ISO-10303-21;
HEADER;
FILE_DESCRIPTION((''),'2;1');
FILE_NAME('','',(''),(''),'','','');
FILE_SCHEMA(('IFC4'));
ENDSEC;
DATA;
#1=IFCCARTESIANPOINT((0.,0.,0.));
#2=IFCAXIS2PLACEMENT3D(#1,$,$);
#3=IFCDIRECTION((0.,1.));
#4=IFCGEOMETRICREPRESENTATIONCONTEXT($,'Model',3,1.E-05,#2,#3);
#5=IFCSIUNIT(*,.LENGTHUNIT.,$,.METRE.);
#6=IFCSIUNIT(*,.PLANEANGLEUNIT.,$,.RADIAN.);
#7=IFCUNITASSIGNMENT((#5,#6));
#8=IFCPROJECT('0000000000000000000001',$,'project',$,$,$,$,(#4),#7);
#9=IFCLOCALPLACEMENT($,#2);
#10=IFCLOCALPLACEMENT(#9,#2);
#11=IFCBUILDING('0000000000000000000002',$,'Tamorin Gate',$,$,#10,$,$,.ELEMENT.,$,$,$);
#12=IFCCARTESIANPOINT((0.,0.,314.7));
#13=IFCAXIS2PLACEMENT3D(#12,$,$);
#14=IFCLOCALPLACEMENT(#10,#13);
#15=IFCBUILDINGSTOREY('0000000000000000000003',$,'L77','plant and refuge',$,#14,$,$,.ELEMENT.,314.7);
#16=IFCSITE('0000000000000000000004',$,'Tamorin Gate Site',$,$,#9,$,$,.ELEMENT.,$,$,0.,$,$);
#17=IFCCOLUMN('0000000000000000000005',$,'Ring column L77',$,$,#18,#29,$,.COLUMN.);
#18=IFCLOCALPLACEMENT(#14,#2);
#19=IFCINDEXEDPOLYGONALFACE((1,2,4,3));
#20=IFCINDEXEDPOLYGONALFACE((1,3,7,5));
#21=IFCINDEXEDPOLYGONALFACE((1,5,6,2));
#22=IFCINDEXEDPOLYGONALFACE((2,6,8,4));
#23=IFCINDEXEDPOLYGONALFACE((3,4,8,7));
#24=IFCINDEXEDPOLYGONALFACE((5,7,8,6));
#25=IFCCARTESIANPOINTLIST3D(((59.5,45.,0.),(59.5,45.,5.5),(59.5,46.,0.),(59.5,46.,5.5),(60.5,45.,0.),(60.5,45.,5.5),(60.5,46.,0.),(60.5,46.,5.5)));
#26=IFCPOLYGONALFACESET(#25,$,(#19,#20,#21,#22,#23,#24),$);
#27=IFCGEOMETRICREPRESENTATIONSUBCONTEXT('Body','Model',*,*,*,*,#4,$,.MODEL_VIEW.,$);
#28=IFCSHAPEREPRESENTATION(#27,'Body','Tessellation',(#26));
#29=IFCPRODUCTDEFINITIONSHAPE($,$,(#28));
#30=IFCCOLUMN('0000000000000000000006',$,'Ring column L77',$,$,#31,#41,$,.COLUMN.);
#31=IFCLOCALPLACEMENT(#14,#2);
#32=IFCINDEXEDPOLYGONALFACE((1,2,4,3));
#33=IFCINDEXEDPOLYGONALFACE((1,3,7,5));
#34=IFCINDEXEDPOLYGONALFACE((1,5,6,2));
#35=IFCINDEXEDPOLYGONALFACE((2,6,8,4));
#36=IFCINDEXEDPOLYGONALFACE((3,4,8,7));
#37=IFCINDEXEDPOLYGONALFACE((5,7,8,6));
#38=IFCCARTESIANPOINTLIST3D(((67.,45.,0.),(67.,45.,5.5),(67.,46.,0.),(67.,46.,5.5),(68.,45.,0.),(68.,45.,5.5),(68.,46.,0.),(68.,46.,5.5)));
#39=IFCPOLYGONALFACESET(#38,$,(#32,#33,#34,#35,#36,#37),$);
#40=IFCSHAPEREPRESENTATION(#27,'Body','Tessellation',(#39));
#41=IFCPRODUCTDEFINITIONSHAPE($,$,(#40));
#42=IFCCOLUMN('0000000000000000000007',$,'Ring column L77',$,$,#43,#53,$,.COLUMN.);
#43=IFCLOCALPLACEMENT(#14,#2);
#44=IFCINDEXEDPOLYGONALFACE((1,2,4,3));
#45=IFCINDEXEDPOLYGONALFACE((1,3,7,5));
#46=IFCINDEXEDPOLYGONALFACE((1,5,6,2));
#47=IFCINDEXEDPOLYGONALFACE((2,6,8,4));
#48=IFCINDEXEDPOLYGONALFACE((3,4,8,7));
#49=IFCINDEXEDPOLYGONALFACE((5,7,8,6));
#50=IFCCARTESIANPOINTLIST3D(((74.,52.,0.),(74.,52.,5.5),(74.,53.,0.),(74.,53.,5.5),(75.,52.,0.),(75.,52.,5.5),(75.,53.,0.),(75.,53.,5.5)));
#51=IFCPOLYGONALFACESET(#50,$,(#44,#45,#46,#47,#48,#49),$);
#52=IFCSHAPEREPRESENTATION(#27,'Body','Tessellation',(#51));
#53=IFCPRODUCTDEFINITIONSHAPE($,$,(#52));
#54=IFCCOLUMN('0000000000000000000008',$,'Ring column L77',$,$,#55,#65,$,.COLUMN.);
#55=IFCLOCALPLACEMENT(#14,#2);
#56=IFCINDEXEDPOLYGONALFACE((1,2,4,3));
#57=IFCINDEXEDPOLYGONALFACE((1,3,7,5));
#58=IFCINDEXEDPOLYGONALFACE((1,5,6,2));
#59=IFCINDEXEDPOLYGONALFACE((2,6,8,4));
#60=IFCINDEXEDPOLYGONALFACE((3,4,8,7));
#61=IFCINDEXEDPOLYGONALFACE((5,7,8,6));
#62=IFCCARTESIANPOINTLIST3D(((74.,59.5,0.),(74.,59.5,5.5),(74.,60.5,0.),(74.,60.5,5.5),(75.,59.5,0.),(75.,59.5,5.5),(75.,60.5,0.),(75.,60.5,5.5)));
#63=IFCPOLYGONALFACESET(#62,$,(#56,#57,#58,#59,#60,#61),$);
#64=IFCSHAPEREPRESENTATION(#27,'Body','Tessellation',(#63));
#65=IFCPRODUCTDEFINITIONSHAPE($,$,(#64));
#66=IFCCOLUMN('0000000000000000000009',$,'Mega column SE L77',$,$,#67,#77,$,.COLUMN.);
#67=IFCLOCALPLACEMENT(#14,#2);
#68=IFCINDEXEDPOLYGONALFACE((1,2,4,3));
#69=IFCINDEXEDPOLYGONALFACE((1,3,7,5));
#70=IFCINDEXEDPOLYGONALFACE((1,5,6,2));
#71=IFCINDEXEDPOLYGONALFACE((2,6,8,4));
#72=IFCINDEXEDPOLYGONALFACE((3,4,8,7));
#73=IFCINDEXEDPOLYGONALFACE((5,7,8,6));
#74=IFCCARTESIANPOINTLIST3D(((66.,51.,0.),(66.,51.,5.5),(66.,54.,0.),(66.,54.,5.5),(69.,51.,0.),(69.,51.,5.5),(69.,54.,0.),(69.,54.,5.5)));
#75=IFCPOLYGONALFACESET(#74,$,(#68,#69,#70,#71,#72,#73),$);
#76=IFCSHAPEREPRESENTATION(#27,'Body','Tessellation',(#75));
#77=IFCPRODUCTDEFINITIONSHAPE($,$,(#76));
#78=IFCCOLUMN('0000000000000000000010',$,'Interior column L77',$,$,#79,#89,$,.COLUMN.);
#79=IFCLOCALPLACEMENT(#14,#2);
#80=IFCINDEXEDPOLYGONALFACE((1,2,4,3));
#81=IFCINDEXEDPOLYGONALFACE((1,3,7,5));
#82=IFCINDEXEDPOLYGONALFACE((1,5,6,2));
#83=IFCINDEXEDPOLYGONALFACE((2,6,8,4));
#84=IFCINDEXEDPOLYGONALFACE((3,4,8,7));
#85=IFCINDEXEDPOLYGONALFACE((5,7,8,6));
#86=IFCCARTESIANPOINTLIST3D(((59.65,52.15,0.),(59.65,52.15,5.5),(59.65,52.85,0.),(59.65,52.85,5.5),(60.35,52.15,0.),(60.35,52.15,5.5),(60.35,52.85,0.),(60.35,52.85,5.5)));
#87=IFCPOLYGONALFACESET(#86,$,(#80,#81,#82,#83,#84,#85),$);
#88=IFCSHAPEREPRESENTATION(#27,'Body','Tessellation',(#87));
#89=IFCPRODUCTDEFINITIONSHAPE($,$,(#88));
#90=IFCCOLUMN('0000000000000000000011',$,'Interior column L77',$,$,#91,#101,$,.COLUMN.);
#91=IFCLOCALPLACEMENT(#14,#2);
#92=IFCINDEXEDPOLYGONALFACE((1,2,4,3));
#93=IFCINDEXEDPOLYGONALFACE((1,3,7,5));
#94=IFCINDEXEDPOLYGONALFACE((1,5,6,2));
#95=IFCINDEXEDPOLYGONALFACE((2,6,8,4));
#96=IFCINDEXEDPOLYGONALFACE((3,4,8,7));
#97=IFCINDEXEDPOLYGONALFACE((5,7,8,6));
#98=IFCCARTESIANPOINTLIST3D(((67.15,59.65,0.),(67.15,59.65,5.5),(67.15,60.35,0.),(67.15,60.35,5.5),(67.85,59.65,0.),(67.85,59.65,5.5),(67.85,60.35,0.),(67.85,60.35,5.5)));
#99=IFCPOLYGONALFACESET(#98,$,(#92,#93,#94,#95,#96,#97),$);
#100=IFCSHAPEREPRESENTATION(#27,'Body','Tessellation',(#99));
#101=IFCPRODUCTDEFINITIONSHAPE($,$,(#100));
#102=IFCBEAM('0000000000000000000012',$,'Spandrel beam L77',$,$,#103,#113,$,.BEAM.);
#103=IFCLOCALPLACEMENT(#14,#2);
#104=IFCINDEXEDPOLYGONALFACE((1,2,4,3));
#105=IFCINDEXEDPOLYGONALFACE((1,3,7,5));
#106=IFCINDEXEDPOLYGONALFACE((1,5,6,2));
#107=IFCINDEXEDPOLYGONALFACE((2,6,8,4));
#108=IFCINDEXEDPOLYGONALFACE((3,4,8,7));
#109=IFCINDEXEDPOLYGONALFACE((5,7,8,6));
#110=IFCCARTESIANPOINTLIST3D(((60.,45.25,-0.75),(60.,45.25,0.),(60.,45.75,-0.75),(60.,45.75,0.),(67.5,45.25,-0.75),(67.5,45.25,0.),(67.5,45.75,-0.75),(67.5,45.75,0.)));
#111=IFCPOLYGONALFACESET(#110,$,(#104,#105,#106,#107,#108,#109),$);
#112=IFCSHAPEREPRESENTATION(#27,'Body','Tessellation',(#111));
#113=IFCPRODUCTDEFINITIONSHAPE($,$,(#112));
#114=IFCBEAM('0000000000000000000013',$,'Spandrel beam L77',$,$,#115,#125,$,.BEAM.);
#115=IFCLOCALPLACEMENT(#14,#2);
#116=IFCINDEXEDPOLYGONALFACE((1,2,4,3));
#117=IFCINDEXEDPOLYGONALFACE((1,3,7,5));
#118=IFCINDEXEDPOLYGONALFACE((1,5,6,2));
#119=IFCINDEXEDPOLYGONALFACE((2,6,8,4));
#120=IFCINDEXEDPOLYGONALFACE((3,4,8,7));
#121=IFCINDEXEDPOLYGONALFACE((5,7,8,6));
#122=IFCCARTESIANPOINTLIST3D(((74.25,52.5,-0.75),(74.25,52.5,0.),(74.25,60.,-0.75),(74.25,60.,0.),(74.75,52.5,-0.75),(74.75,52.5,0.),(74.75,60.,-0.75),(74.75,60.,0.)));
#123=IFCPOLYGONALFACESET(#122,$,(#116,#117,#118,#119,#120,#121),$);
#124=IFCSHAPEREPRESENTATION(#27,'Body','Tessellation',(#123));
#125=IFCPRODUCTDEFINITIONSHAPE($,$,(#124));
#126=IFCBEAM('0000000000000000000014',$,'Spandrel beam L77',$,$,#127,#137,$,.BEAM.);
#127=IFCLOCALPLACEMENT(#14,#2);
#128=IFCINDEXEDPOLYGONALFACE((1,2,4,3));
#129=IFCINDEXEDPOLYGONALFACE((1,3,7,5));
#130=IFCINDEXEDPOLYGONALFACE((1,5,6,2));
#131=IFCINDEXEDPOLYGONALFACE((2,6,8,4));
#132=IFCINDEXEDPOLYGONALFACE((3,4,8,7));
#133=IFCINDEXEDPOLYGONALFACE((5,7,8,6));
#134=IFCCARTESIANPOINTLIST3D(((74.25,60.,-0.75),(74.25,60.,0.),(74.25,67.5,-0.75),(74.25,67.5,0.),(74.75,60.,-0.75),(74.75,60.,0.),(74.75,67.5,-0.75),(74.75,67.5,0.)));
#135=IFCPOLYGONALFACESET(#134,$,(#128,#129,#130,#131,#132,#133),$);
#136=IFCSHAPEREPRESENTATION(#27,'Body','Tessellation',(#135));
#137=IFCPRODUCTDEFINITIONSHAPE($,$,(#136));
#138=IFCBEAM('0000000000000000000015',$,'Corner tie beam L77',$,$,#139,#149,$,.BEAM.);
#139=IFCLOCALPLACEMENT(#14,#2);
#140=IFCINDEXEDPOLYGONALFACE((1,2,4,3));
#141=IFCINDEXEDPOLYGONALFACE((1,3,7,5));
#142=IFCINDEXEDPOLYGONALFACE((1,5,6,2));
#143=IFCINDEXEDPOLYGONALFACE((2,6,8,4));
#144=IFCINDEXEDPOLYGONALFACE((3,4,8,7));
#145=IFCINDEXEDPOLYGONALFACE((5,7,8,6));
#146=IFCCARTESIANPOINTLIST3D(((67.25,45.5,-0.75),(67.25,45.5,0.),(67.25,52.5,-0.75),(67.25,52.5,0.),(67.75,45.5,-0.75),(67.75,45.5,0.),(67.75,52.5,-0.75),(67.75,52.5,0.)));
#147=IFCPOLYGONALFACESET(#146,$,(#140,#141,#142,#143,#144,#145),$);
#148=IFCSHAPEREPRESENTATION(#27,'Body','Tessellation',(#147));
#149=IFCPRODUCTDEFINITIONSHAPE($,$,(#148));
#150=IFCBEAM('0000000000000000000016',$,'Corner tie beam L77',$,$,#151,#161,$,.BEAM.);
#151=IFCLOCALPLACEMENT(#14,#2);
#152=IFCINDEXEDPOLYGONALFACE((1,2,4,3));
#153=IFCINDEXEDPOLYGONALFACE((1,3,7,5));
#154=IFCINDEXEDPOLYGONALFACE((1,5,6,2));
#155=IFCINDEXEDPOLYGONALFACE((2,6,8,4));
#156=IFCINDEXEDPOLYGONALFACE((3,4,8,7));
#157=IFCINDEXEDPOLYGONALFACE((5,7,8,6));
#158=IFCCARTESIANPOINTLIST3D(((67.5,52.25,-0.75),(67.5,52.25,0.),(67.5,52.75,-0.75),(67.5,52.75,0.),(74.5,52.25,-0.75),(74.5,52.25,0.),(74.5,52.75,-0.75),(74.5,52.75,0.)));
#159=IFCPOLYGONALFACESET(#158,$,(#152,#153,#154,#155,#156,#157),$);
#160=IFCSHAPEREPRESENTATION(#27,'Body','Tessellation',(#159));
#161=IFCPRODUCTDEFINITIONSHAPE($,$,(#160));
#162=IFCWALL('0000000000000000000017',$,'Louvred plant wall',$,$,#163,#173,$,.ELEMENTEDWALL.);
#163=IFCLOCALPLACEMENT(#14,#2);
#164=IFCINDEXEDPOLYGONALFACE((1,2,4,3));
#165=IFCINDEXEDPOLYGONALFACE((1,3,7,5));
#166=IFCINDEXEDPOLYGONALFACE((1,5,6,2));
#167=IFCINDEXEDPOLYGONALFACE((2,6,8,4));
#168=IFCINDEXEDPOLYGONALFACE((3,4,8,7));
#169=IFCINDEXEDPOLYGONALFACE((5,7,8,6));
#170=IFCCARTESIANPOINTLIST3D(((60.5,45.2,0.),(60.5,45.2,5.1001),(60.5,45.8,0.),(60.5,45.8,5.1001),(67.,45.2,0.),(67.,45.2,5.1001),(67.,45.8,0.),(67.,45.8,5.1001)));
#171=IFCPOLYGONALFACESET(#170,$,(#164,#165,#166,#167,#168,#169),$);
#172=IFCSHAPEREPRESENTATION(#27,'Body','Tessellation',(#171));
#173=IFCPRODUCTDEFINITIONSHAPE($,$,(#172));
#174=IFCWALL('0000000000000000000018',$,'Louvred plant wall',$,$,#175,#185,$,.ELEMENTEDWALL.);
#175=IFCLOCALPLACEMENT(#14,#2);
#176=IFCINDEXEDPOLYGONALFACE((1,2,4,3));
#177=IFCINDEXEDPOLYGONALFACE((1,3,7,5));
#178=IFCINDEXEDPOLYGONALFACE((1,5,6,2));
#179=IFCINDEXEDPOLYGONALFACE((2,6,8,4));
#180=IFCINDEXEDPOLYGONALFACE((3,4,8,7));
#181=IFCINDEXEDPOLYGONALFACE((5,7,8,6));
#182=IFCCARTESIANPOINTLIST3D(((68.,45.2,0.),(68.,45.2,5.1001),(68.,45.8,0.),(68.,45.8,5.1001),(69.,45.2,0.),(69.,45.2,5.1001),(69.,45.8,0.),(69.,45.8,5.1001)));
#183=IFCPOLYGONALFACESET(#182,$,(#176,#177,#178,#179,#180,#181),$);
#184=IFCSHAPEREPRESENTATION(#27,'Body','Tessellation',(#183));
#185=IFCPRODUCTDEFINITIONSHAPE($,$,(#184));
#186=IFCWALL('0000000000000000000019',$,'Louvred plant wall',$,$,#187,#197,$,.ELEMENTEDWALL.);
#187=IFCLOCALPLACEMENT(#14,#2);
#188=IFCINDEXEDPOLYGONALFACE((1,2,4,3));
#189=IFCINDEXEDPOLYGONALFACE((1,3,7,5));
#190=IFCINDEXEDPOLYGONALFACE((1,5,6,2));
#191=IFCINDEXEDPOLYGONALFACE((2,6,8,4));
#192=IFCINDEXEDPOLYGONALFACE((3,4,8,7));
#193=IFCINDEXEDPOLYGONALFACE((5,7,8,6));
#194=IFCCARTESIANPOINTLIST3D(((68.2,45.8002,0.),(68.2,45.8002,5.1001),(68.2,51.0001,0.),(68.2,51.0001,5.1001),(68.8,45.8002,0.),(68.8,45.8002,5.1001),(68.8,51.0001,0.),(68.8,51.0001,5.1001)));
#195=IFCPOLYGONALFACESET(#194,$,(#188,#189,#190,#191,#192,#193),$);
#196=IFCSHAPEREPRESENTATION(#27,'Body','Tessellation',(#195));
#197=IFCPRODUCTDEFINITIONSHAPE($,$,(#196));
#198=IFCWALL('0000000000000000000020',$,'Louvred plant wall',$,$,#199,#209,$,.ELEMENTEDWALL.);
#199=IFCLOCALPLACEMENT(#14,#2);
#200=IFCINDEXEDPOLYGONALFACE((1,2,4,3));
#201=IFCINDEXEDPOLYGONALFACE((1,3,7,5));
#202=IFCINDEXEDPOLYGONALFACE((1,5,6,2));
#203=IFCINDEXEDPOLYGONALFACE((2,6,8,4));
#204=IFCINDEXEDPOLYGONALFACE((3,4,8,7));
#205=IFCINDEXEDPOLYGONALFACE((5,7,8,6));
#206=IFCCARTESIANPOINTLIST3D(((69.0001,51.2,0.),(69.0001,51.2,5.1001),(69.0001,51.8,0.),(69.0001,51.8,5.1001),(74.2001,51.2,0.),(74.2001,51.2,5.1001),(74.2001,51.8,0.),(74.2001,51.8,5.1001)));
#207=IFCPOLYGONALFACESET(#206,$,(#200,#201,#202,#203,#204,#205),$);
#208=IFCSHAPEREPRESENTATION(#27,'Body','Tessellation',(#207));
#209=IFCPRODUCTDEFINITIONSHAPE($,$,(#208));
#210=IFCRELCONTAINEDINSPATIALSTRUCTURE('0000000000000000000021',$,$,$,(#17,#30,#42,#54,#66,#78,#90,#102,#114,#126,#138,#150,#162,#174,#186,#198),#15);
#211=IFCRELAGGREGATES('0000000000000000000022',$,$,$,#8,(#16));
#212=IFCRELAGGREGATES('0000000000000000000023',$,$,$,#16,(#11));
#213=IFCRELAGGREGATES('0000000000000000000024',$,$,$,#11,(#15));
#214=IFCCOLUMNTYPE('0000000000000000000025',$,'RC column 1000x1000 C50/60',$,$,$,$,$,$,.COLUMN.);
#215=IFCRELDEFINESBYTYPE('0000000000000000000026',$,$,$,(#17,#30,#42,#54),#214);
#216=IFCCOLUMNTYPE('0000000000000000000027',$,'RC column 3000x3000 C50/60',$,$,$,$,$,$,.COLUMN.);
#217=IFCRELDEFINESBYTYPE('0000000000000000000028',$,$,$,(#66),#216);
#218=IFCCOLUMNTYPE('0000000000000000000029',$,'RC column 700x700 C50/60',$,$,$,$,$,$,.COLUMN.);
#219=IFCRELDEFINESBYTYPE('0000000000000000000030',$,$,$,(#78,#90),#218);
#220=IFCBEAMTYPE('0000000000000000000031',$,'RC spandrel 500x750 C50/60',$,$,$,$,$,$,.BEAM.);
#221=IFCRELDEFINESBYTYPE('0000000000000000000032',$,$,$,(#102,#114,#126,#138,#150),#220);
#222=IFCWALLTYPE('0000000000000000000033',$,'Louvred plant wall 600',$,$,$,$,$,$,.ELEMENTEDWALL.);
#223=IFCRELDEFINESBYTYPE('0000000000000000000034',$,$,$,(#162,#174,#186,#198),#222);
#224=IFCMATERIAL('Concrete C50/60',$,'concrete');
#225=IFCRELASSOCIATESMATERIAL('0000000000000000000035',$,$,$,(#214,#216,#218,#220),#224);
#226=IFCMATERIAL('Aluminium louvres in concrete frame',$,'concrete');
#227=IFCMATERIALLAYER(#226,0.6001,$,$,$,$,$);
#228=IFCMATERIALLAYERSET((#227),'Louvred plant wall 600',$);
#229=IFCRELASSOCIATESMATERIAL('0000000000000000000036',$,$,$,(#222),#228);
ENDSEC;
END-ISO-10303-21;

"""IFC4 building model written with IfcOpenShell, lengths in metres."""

from ifc_helpers import new_model, si_unit, direction, frame, frame_2d, origin, origin_2d, place, context, subcontext, project, spatial, rectangle, extrude, material, layer, layer_set, material_profile, profile_set, type_object, element, save


model = new_model("IFC4")

# Units and contexts
model_context = context("Model", 3, precision=1e-05, world=origin(), true_north=direction((0.0, 1.0)))
body_context = subcontext(model_context, "Body", "Model", "MODEL_VIEW")
ifc_project = project(units=[si_unit("LENGTHUNIT", "METRE"), si_unit("PLANEANGLEUNIT", "RADIAN")], contexts=[model_context])

# Site, building, storey
site_placement = place(None, origin())
site = spatial("IfcSite", under=ifc_project, at=site_placement, Name="Tamorin Gate Site", CompositionType="ELEMENT", RefElevation=0.0)
building_placement = place(site_placement, origin())
building = spatial("IfcBuilding", under=site, at=building_placement, Name="Tamorin Gate", CompositionType="ELEMENT")
storey_placement = place(building_placement, frame((0.0, 0.0, 314.7)))
storey = spatial("IfcBuildingStorey", under=building, at=storey_placement, Name="L77", Description="plant and refuge", CompositionType="ELEMENT", Elevation=314.7)

# Columns
ifc_material_1 = material(Name="Concrete C50/60", Category="concrete")
ifc_material_profile_1 = material_profile(ifc_material_1, rectangle(XDim=1.0, YDim=1.0, at=origin_2d()), Name="RC 1000x1000")
ifc_profile_set_1 = profile_set([ifc_material_profile_1], Name="Concrete C50/60")
column_type_1 = type_object("IfcColumnType", Name="RC column 1000x1000 C50/60", PredefinedType="COLUMN", material=ifc_profile_set_1)
for number, where, z_axis, x_axis, name in (
    (1, (60.0, 45.5, 0.0), (0.0, 0.0, 1.0), (1.0, 0.0, 0.0), "Ring column L77"),
    (2, (67.5, 45.5, 0.0), (0.0, 0.0, 1.0), (1.0, 0.0, 0.0), "Ring column L77"),
    (3, (74.5, 52.5, 0.0), (0.0, 0.0, 1.0), (1.0, 0.0, 0.0), "Ring column L77"),
    (4, (74.5, 60.0, 0.0), (0.0, 0.0, 1.0), (1.0, 0.0, 0.0), "Ring column L77"),
):
    element("IfcColumn", number, at=place(storey_placement, frame(where, z_axis=z_axis, x_axis=x_axis)), inside=storey, type_object=column_type_1, Name=name, PredefinedType="COLUMN", context=body_context, shape_type="SweptSolid", body=[
        extrude(rectangle(XDim=1.0, YDim=1.0, at=origin_2d()), origin(), (0.0, 0.0, 1.0), 5.5),
    ])
ifc_material_profile_2 = material_profile(ifc_material_1, rectangle(XDim=3.0, YDim=3.0, at=origin_2d()), Name="RC 3000x3000")
ifc_profile_set_2 = profile_set([ifc_material_profile_2], Name="Concrete C50/60")
column_type_2 = type_object("IfcColumnType", Name="RC column 3000x3000 C50/60", PredefinedType="COLUMN", material=ifc_profile_set_2)
column_placement = place(storey_placement, frame((67.5, 52.5, 0.0), z_axis=(0.0, 0.0, 1.0), x_axis=(1.0, 0.0, 0.0)))
element("IfcColumn", 5, at=column_placement, inside=storey, type_object=column_type_2, Name="Mega column SE L77", PredefinedType="COLUMN", context=body_context, shape_type="SweptSolid", body=[
    extrude(rectangle(XDim=3.0, YDim=3.0, at=origin_2d()), origin(), (0.0, 0.0, 1.0), 5.5),
])
ifc_material_profile_3 = material_profile(ifc_material_1, rectangle(XDim=0.7, YDim=0.7, at=origin_2d()), Name="RC 700x700")
ifc_profile_set_3 = profile_set([ifc_material_profile_3], Name="Concrete C50/60")
column_type_3 = type_object("IfcColumnType", Name="RC column 700x700 C50/60", PredefinedType="COLUMN", material=ifc_profile_set_3)
for number, where, z_axis, x_axis, name in (
    (6, (60.0, 52.5, 0.0), (0.0, 0.0, 1.0), (1.0, 0.0, 0.0), "Interior column L77"),
    (7, (67.5, 60.0, 0.0), (0.0, 0.0, 1.0), (1.0, 0.0, 0.0), "Interior column L77"),
):
    element("IfcColumn", number, at=place(storey_placement, frame(where, z_axis=z_axis, x_axis=x_axis)), inside=storey, type_object=column_type_3, Name=name, PredefinedType="COLUMN", context=body_context, shape_type="SweptSolid", body=[
        extrude(rectangle(XDim=0.7, YDim=0.7, at=origin_2d()), origin(), (0.0, 0.0, 1.0), 5.5),
    ])

# Beams
ifc_material_profile_4 = material_profile(ifc_material_1, rectangle(XDim=0.5, YDim=0.75, at=origin_2d()), Name="RC 500x750")
ifc_profile_set_4 = profile_set([ifc_material_profile_4], Name="Concrete C50/60")
beam_type = type_object("IfcBeamType", Name="RC spandrel 500x750 C50/60", PredefinedType="BEAM", material=ifc_profile_set_4)
for number, where, z_axis, x_axis, name in (
    (8, (60.0, 45.5, -0.375), (1.0, 0.0, 0.0), (0.0, 1.0, 0.0), "Spandrel beam L77"),
    (9, (74.5, 52.5, -0.375), (0.0, 1.0, 0.0), (-1.0, 0.0, 0.0), "Spandrel beam L77"),
    (10, (74.5, 60.0, -0.375), (0.0, 1.0, 0.0), (-1.0, 0.0, 0.0), "Spandrel beam L77"),
):
    element("IfcBeam", number, at=place(storey_placement, frame(where, z_axis=z_axis, x_axis=x_axis)), inside=storey, type_object=beam_type, Name=name, PredefinedType="BEAM", context=body_context, shape_type="SweptSolid", body=[
        extrude(rectangle(XDim=0.5, YDim=0.75, at=origin_2d()), origin(), (0.0, 0.0, 1.0), 7.5),
    ])
for number, where, z_axis, x_axis, name in (
    (11, (67.5, 52.5, -0.375), (0.0, -1.0, 0.0), (1.0, 0.0, 0.0), "Corner tie beam L77"),
    (12, (67.5, 52.5, -0.375), (1.0, 0.0, 0.0), (0.0, 1.0, 0.0), "Corner tie beam L77"),
):
    element("IfcBeam", number, at=place(storey_placement, frame(where, z_axis=z_axis, x_axis=x_axis)), inside=storey, type_object=beam_type, Name=name, PredefinedType="BEAM", context=body_context, shape_type="SweptSolid", body=[
        extrude(rectangle(XDim=0.5, YDim=0.75, at=origin_2d()), origin(), (0.0, 0.0, 1.0), 7.0),
    ])

# Walls
ifc_material_2 = material(Name="Aluminium louvres in concrete frame", Category="concrete")
ifc_layer_1 = layer(ifc_material_2, 0.6001)
ifc_layer_set_1 = layer_set([ifc_layer_1], Name="Louvred plant wall 600")
wall_type_1 = type_object("IfcWallType", Name="Louvred plant wall 600", PredefinedType="ELEMENTEDWALL", material=ifc_layer_set_1)
wall_1_placement = place(storey_placement, frame((60.5, 45.5, 0.0), z_axis=(0.0, 0.0, 1.0), x_axis=(1.0, 0.0, 0.0)))
element("IfcWall", 13, at=wall_1_placement, inside=storey, type_object=wall_type_1, Name="Louvred plant wall", PredefinedType="ELEMENTEDWALL", context=body_context, shape_type="SweptSolid", body=[
    extrude(rectangle(XDim=6.5, YDim=0.6001, at=frame_2d((3.25, 0.0))), origin(), (0.0, 0.0, 1.0), 5.1001),
])
wall_2_placement = place(storey_placement, frame((68.0, 45.5, 0.0), z_axis=(0.0, 0.0, 1.0), x_axis=(1.0, 0.0, 0.0)))
element("IfcWall", 14, at=wall_2_placement, inside=storey, type_object=wall_type_1, Name="Louvred plant wall", PredefinedType="ELEMENTEDWALL", context=body_context, shape_type="SweptSolid", body=[
    extrude(rectangle(XDim=1.0, YDim=0.6001, at=frame_2d((0.5, 0.0))), origin(), (0.0, 0.0, 1.0), 5.1001),
])
for number, where, z_axis, x_axis, name in (
    (15, (68.5, 45.8, 0.0), (0.0, 0.0, 1.0), (0.0, 1.0, 0.0), "Louvred plant wall"),
    (16, (69.0, 51.5, 0.0), (0.0, 0.0, 1.0), (1.0, 0.0, 0.0), "Louvred plant wall"),
):
    element("IfcWall", number, at=place(storey_placement, frame(where, z_axis=z_axis, x_axis=x_axis)), inside=storey, type_object=wall_type_1, Name=name, PredefinedType="ELEMENTEDWALL", context=body_context, shape_type="SweptSolid", body=[
        extrude(rectangle(XDim=5.2, YDim=0.6001, at=frame_2d((2.6001, 0.0))), origin(), (0.0, 0.0, 1.0), 5.1001),
    ])

save(model, "model.ifc")
